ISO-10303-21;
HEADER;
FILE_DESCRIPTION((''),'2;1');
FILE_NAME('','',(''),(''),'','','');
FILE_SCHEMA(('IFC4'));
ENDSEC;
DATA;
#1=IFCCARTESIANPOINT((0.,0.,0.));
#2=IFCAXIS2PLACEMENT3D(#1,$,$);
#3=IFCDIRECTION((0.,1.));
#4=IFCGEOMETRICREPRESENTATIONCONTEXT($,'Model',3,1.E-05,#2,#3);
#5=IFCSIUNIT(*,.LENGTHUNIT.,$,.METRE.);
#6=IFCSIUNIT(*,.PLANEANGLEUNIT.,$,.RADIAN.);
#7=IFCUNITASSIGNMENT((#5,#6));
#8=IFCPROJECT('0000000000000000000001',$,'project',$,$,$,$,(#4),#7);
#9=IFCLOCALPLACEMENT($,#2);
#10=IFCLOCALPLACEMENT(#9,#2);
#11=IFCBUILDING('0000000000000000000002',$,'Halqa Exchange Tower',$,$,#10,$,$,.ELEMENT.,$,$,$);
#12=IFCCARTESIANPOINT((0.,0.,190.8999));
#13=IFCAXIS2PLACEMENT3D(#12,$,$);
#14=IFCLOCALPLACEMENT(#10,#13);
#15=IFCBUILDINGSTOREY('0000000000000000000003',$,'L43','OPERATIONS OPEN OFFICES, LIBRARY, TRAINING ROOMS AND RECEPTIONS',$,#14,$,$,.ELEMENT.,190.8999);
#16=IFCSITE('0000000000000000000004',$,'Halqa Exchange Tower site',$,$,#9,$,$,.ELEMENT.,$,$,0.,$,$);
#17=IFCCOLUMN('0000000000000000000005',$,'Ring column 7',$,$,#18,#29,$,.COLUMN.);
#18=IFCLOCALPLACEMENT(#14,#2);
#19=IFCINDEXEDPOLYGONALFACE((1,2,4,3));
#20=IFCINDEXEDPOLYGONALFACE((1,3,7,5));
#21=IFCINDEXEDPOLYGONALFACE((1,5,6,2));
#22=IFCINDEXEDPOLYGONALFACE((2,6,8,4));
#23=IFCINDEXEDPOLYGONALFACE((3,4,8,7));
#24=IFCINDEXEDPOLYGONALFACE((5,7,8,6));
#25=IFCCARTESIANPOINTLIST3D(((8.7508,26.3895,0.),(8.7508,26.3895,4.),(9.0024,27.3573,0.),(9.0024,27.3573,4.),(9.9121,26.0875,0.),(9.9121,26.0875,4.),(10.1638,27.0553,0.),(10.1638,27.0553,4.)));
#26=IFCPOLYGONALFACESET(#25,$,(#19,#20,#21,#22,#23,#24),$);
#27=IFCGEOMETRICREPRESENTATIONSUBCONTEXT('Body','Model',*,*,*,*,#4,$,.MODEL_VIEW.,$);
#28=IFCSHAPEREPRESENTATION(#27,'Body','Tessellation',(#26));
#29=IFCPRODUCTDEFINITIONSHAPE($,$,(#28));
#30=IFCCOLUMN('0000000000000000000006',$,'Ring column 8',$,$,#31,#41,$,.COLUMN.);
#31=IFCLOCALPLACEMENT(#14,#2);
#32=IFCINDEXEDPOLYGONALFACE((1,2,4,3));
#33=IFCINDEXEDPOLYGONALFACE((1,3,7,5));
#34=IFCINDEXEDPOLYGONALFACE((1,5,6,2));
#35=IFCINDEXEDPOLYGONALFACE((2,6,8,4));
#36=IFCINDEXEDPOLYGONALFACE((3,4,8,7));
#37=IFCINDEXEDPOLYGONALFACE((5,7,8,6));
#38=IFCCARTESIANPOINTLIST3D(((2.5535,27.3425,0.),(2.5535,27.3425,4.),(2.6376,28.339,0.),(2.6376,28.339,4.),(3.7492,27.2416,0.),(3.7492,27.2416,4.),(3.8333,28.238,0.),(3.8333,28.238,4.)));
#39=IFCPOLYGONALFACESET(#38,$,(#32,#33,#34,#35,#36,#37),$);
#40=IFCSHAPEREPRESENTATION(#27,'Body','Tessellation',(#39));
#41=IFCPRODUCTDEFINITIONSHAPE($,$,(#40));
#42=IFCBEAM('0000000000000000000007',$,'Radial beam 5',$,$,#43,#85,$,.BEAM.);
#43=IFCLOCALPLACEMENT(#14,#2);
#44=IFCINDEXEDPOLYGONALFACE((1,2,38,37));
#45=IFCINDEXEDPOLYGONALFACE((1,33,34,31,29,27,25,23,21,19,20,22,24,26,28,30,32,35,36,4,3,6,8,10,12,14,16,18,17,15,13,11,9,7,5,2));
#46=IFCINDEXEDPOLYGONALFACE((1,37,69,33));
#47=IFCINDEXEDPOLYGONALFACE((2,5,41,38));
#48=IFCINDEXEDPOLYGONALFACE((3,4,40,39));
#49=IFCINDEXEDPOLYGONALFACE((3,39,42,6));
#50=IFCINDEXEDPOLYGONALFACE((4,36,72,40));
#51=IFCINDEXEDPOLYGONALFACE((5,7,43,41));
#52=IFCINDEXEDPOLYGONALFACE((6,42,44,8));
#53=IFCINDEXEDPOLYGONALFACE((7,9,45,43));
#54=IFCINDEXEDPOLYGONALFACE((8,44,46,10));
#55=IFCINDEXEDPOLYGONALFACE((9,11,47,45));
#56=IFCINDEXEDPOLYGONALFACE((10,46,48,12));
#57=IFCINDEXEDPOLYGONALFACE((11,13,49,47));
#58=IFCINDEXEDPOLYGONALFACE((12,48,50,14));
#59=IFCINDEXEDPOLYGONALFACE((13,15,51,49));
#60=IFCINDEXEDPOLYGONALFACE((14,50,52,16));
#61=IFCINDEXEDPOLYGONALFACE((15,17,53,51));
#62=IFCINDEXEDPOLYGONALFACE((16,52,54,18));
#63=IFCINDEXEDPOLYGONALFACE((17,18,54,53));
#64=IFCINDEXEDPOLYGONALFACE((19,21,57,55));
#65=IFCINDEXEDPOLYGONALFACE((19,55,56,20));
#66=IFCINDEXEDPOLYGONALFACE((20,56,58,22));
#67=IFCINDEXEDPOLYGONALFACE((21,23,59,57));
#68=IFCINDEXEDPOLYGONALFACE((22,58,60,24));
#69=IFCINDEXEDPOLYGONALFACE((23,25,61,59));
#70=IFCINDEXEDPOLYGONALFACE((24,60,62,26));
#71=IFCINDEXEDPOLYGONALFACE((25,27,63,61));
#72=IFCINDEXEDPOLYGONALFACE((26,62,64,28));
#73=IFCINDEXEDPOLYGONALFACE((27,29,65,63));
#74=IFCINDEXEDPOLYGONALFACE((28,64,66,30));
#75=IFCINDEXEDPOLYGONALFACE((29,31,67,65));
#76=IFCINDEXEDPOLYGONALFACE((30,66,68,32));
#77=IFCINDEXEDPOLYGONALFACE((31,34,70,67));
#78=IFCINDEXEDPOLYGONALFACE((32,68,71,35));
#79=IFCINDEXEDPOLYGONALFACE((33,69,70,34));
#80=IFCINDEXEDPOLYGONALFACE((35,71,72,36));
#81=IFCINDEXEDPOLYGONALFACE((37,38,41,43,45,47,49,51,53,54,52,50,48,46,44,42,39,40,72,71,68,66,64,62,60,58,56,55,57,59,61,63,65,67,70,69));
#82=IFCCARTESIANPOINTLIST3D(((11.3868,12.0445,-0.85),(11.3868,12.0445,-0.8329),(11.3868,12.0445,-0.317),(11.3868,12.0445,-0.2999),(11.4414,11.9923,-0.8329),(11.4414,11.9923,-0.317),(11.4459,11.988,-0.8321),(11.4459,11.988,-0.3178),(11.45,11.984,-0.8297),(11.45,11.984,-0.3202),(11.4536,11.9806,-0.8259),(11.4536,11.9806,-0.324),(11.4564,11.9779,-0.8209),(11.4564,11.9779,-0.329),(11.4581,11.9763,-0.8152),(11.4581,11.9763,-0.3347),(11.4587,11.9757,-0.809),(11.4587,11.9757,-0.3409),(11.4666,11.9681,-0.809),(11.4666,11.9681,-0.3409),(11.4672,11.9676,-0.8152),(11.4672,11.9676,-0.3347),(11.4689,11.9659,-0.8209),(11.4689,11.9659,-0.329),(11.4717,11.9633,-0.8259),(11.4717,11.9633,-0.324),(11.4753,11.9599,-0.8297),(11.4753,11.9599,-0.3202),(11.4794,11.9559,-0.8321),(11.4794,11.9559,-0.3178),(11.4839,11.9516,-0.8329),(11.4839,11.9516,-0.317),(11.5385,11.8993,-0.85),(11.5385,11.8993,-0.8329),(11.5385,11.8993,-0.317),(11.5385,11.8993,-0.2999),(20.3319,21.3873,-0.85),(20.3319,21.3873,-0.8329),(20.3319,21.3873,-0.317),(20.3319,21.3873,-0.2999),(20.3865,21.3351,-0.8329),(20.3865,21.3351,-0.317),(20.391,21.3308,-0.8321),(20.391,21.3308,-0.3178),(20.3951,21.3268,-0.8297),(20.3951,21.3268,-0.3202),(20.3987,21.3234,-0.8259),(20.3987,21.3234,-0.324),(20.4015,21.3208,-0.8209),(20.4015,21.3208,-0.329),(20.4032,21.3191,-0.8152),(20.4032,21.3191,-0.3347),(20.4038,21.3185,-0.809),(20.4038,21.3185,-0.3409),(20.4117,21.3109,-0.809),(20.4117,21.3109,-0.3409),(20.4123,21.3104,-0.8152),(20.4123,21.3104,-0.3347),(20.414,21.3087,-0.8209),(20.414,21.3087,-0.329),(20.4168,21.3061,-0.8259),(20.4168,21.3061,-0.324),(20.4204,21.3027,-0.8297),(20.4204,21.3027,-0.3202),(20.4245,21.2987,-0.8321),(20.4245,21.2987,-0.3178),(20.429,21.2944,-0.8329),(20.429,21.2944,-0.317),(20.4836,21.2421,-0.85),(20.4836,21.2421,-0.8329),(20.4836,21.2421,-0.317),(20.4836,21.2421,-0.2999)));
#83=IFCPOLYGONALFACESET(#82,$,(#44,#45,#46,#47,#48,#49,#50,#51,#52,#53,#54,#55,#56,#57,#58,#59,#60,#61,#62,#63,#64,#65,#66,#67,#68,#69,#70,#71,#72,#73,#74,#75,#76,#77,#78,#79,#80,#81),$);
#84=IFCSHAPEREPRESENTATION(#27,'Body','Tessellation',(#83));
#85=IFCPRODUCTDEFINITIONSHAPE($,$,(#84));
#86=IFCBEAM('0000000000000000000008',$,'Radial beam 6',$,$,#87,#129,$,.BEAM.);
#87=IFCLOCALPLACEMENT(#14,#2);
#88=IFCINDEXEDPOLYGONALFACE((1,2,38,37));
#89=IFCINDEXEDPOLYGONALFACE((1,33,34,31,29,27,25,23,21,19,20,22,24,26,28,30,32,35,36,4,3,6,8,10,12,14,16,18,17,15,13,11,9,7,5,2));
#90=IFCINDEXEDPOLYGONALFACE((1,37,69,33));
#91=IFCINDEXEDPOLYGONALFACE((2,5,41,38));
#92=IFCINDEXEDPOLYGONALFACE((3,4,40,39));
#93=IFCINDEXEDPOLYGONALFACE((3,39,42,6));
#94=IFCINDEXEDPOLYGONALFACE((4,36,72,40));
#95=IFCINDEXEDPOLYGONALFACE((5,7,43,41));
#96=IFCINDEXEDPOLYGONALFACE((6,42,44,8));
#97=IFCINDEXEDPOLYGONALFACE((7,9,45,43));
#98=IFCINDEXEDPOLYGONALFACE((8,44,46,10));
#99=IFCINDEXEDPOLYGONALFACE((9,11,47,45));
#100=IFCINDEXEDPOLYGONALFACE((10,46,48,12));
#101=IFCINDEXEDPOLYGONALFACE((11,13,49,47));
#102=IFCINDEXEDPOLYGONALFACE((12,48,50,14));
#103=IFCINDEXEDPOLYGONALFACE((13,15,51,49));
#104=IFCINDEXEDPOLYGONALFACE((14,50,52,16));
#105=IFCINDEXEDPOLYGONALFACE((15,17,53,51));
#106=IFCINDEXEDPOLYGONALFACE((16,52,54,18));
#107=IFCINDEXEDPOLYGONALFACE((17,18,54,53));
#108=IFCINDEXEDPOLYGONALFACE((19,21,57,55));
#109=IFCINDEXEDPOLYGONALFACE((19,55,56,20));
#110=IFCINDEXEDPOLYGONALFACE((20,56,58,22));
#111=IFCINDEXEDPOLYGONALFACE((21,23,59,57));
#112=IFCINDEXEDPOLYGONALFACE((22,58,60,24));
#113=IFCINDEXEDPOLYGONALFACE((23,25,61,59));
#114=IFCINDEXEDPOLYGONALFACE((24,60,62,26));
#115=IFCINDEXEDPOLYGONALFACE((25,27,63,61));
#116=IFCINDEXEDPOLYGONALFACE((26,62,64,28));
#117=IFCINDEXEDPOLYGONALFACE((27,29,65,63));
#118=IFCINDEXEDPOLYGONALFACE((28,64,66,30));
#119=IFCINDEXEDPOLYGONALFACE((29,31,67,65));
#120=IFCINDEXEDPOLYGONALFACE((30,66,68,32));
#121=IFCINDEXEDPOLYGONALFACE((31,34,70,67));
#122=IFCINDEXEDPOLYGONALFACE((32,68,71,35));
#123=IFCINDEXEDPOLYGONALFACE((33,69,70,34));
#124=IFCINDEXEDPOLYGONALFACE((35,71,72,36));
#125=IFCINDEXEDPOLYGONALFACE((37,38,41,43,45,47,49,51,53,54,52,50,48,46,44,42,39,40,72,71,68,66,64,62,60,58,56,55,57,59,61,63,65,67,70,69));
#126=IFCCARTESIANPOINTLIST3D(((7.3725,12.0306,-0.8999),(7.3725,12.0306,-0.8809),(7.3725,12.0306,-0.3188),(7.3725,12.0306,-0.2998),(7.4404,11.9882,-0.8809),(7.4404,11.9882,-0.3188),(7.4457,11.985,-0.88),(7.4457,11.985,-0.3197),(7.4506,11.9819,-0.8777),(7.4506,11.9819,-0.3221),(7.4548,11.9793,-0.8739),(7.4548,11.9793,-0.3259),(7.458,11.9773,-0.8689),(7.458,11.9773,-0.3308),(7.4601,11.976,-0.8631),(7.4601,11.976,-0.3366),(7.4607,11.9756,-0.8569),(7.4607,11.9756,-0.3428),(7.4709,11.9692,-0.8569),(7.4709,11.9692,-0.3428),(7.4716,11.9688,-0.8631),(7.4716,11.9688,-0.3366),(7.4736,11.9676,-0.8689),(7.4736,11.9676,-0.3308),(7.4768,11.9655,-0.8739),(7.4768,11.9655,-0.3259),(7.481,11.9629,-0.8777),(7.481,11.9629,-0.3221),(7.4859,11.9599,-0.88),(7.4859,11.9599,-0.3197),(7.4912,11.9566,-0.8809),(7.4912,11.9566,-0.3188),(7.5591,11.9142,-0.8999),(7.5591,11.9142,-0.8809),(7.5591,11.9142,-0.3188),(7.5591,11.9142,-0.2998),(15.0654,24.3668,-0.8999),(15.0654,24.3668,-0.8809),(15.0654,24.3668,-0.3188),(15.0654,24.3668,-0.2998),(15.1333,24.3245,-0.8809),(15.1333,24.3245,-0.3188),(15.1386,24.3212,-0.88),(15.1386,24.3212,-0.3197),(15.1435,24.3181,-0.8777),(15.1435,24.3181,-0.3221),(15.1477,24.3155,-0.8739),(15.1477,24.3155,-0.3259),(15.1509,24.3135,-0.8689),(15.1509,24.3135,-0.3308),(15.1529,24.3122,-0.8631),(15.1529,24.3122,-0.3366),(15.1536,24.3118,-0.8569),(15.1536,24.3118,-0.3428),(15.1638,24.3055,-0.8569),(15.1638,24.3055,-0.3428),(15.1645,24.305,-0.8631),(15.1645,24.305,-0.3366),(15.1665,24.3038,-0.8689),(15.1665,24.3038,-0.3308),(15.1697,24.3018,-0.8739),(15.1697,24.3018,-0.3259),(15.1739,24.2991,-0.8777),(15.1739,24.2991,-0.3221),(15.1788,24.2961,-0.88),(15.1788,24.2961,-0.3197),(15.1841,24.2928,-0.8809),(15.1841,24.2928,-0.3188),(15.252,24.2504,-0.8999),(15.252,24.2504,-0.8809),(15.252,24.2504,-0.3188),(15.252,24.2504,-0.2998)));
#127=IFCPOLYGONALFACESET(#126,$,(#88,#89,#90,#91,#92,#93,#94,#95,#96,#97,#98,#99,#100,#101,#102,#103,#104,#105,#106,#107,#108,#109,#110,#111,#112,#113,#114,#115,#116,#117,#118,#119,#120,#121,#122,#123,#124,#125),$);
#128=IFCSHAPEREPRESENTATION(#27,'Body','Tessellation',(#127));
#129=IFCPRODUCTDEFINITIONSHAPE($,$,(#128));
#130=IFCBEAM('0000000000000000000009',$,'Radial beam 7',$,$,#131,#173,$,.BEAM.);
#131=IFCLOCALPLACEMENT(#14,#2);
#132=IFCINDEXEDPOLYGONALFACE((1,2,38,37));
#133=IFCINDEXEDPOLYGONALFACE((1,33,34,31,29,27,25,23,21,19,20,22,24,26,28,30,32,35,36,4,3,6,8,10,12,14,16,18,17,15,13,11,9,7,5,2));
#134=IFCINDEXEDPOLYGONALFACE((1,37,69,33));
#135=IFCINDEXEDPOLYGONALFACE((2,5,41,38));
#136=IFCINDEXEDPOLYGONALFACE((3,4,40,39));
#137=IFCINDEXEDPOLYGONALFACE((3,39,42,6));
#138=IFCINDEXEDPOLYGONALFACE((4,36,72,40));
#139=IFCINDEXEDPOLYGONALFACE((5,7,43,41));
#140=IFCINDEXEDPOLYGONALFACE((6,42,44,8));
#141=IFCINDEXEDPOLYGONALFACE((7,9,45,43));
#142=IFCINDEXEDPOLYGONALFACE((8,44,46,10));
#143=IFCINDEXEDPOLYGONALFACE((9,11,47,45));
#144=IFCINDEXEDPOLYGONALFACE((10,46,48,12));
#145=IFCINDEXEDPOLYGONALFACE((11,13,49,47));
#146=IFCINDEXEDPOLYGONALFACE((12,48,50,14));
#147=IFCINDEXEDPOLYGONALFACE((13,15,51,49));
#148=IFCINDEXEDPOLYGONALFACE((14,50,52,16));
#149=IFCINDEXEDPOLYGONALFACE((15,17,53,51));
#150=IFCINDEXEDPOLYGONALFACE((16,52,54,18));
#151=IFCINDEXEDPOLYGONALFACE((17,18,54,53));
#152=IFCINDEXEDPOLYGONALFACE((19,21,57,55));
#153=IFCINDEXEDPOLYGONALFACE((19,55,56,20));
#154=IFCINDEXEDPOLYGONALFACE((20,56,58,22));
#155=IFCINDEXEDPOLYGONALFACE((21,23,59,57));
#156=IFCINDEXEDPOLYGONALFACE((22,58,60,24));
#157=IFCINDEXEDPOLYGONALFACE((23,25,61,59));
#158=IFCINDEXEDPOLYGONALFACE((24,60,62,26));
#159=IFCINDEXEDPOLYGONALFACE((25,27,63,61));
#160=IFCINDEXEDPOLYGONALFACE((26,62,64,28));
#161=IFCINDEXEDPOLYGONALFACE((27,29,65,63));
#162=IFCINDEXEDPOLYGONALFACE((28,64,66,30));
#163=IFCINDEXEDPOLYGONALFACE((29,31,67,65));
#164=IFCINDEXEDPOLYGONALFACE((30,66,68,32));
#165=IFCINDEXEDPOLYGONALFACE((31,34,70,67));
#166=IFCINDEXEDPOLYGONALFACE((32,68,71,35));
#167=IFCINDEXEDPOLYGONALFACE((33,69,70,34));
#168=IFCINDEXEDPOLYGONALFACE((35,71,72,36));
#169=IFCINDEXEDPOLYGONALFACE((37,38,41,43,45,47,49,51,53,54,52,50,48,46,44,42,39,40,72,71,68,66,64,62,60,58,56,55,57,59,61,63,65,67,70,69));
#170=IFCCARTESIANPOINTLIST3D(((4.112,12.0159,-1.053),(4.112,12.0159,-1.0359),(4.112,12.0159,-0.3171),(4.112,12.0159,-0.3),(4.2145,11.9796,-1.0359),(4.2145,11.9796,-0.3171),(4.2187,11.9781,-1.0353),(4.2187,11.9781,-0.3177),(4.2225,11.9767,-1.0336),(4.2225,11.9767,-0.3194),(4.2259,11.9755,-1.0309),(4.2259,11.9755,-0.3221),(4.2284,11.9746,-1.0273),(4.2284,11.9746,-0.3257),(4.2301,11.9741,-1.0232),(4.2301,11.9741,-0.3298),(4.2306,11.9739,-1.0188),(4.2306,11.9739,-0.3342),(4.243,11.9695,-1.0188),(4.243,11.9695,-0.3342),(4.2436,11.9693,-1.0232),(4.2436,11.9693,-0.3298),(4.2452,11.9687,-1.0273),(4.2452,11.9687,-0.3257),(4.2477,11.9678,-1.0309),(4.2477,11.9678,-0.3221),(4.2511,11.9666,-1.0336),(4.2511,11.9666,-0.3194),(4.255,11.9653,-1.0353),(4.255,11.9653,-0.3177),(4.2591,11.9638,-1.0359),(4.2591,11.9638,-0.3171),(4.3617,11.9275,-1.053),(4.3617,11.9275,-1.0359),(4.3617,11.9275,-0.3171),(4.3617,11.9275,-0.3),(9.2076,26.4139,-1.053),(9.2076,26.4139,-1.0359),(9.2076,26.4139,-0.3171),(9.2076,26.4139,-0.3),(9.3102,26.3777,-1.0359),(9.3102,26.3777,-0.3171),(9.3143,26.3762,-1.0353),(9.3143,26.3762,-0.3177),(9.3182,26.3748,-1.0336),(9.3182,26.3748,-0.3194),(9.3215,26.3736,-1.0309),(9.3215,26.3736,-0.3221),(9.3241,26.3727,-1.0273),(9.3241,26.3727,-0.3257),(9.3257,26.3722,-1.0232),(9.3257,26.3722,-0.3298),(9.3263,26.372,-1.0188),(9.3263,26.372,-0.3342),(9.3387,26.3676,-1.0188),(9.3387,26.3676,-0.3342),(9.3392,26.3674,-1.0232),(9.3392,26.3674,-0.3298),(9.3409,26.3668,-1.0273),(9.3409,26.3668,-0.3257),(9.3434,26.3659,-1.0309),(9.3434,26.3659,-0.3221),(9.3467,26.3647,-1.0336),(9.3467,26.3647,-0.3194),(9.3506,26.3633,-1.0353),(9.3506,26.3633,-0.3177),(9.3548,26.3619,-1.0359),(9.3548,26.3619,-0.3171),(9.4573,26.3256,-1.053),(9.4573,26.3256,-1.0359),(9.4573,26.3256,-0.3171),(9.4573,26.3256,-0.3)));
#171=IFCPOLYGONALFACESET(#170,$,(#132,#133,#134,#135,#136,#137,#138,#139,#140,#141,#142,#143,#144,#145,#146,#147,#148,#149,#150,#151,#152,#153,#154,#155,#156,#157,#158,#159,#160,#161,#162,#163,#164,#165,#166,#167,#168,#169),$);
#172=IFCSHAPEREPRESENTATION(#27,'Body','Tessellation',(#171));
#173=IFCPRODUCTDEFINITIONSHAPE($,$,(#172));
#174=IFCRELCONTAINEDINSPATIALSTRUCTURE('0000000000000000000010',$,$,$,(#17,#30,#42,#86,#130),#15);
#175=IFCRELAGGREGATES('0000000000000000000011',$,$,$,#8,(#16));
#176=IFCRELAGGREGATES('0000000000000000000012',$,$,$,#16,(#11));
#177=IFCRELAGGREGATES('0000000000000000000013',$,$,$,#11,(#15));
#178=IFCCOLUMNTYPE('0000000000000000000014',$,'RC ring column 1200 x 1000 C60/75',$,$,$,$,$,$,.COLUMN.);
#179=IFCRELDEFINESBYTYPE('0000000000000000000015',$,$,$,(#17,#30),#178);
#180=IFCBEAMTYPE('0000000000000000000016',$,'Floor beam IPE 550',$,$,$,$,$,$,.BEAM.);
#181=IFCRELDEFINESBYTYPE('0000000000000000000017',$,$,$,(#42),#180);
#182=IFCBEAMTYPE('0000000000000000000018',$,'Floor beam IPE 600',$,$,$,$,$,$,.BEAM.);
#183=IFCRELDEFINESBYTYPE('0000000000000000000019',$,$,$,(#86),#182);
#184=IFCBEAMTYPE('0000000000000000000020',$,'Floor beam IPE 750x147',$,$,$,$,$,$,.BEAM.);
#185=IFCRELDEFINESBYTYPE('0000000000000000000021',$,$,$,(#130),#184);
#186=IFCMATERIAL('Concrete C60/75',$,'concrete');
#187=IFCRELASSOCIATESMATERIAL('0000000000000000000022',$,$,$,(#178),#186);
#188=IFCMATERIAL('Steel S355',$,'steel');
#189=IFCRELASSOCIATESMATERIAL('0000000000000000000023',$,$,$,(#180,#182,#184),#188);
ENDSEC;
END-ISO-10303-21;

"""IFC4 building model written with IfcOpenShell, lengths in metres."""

from ifc_helpers import new_model, si_unit, direction, frame, origin, origin_2d, place, context, subcontext, project, spatial, rectangle, i_section, extrude, material, material_profile, profile_set, type_object, element, save


model = new_model("IFC4")

# Units and contexts
model_context = context("Model", 3, precision=1e-05, world=origin(), true_north=direction((0.0, 1.0)))
body_context = subcontext(model_context, "Body", "Model", "MODEL_VIEW")
ifc_project = project(units=[si_unit("LENGTHUNIT", "METRE"), si_unit("PLANEANGLEUNIT", "RADIAN")], contexts=[model_context])

# Site, building, storey
site_placement = place(None, origin())
site = spatial("IfcSite", under=ifc_project, at=site_placement, Name="Halqa Exchange Tower site", CompositionType="ELEMENT", RefElevation=0.0)
building_placement = place(site_placement, origin())
building = spatial("IfcBuilding", under=site, at=building_placement, Name="Halqa Exchange Tower", CompositionType="ELEMENT")
storey_placement = place(building_placement, frame((0.0, 0.0, 190.8999)))
storey = spatial("IfcBuildingStorey", under=building, at=storey_placement, Name="L43", Description="OPERATIONS OPEN OFFICES, LIBRARY, TRAINING ROOMS AND RECEPTIONS", CompositionType="ELEMENT", Elevation=190.8999)

# Columns
ifc_material_1 = material(Name="Concrete C60/75", Category="concrete")
ifc_material_profile_1 = material_profile(ifc_material_1, rectangle(XDim=1.2, YDim=1.0, at=origin_2d()), Name="1200 x 1000")
ifc_profile_set_1 = profile_set([ifc_material_profile_1], Name="Concrete C60/75")
column_type = type_object("IfcColumnType", Name="RC ring column 1200 x 1000 C60/75", PredefinedType="COLUMN", material=ifc_profile_set_1)
for number, where, z_axis, x_axis, name in (
    (1, (9.4573, 26.7224, 0.0), (0.0, 0.0, 1.0), (-0.967821, 0.25164, 0.0), "Ring column 7"),
    (2, (3.1934, 27.7903, 0.0), (0.0, 0.0, 1.0), (-0.996456, 0.084116, 0.0), "Ring column 8"),
):
    element("IfcColumn", number, at=place(storey_placement, frame(where, z_axis=z_axis, x_axis=x_axis)), inside=storey, type_object=column_type, Name=name, PredefinedType="COLUMN", context=body_context, shape_type="SweptSolid", body=[
        extrude(rectangle(XDim=1.2, YDim=1.0, at=origin_2d()), origin(), (0.0, 0.0, 1.0), 4.0),
    ])

# Beams
ifc_material_2 = material(Name="Steel S355", Category="steel")
ifc_material_profile_2 = material_profile(ifc_material_2, i_section(OverallWidth=0.21, OverallDepth=0.55, WebThickness=0.011, FlangeThickness=0.0171, FilletRadius=0.0239, at=origin_2d()), Name="IPE 550")
ifc_profile_set_2 = profile_set([ifc_material_profile_2], Name="Steel S355")
beam_type_1 = type_object("IfcBeamType", Name="Floor beam IPE 550", PredefinedType="BEAM", material=ifc_profile_set_2)
beam_1_placement = place(storey_placement, frame((11.4626, 11.9719, -0.575), z_axis=(0.691566, 0.722313, 0.0), x_axis=(-0.722313, 0.691566, 0.0)))
element("IfcBeam", 3, at=beam_1_placement, inside=storey, type_object=beam_type_1, Name="Radial beam 5", PredefinedType="BEAM", context=body_context, shape_type="SweptSolid", body=[
    extrude(i_section(OverallWidth=0.21, OverallDepth=0.55, WebThickness=0.011, FlangeThickness=0.0171, FilletRadius=0.0239, at=origin_2d()), origin(), (0.0, 0.0, 1.0), 12.9346),
])
ifc_material_profile_3 = material_profile(ifc_material_2, i_section(OverallWidth=0.22, OverallDepth=0.6001, WebThickness=0.012, FlangeThickness=0.019, FilletRadius=0.0239, at=origin_2d()), Name="IPE 600")
ifc_profile_set_3 = profile_set([ifc_material_profile_3], Name="Steel S355")
beam_type_2 = type_object("IfcBeamType", Name="Floor beam IPE 600", PredefinedType="BEAM", material=ifc_profile_set_3)
beam_2_placement = place(storey_placement, frame((7.4658, 11.9724, -0.5999), z_axis=(0.529146, 0.848531, 0.0), x_axis=(-0.848531, 0.529146, 0.0)))
element("IfcBeam", 4, at=beam_2_placement, inside=storey, type_object=beam_type_2, Name="Radial beam 6", PredefinedType="BEAM", context=body_context, shape_type="SweptSolid", body=[
    extrude(i_section(OverallWidth=0.22, OverallDepth=0.6001, WebThickness=0.012, FlangeThickness=0.019, FilletRadius=0.0239, at=origin_2d()), origin(), (0.0, 0.0, 1.0), 14.5383),
])
ifc_material_profile_4 = material_profile(ifc_material_2, i_section(OverallWidth=0.2649, OverallDepth=0.7529, WebThickness=0.0132, FlangeThickness=0.0171, FilletRadius=0.0171, at=origin_2d()), Name="IPE 750x147")
ifc_profile_set_4 = profile_set([ifc_material_profile_4], Name="Steel S355")
beam_type_3 = type_object("IfcBeamType", Name="Floor beam IPE 750x147", PredefinedType="BEAM", material=ifc_profile_set_4)
beam_3_placement = place(storey_placement, frame((4.2368, 11.9717, -0.6765), z_axis=(0.333634, 0.942703, 0.0), x_axis=(-0.942703, 0.333634, 0.0)))
element("IfcBeam", 5, at=beam_3_placement, inside=storey, type_object=beam_type_3, Name="Radial beam 7", PredefinedType="BEAM", context=body_context, shape_type="SweptSolid", body=[
    extrude(i_section(OverallWidth=0.2649, OverallDepth=0.7529, WebThickness=0.0132, FlangeThickness=0.0171, FilletRadius=0.0171, at=origin_2d()), origin(), (0.0, 0.0, 1.0), 15.2732),
])

save(model, "model.ifc")
